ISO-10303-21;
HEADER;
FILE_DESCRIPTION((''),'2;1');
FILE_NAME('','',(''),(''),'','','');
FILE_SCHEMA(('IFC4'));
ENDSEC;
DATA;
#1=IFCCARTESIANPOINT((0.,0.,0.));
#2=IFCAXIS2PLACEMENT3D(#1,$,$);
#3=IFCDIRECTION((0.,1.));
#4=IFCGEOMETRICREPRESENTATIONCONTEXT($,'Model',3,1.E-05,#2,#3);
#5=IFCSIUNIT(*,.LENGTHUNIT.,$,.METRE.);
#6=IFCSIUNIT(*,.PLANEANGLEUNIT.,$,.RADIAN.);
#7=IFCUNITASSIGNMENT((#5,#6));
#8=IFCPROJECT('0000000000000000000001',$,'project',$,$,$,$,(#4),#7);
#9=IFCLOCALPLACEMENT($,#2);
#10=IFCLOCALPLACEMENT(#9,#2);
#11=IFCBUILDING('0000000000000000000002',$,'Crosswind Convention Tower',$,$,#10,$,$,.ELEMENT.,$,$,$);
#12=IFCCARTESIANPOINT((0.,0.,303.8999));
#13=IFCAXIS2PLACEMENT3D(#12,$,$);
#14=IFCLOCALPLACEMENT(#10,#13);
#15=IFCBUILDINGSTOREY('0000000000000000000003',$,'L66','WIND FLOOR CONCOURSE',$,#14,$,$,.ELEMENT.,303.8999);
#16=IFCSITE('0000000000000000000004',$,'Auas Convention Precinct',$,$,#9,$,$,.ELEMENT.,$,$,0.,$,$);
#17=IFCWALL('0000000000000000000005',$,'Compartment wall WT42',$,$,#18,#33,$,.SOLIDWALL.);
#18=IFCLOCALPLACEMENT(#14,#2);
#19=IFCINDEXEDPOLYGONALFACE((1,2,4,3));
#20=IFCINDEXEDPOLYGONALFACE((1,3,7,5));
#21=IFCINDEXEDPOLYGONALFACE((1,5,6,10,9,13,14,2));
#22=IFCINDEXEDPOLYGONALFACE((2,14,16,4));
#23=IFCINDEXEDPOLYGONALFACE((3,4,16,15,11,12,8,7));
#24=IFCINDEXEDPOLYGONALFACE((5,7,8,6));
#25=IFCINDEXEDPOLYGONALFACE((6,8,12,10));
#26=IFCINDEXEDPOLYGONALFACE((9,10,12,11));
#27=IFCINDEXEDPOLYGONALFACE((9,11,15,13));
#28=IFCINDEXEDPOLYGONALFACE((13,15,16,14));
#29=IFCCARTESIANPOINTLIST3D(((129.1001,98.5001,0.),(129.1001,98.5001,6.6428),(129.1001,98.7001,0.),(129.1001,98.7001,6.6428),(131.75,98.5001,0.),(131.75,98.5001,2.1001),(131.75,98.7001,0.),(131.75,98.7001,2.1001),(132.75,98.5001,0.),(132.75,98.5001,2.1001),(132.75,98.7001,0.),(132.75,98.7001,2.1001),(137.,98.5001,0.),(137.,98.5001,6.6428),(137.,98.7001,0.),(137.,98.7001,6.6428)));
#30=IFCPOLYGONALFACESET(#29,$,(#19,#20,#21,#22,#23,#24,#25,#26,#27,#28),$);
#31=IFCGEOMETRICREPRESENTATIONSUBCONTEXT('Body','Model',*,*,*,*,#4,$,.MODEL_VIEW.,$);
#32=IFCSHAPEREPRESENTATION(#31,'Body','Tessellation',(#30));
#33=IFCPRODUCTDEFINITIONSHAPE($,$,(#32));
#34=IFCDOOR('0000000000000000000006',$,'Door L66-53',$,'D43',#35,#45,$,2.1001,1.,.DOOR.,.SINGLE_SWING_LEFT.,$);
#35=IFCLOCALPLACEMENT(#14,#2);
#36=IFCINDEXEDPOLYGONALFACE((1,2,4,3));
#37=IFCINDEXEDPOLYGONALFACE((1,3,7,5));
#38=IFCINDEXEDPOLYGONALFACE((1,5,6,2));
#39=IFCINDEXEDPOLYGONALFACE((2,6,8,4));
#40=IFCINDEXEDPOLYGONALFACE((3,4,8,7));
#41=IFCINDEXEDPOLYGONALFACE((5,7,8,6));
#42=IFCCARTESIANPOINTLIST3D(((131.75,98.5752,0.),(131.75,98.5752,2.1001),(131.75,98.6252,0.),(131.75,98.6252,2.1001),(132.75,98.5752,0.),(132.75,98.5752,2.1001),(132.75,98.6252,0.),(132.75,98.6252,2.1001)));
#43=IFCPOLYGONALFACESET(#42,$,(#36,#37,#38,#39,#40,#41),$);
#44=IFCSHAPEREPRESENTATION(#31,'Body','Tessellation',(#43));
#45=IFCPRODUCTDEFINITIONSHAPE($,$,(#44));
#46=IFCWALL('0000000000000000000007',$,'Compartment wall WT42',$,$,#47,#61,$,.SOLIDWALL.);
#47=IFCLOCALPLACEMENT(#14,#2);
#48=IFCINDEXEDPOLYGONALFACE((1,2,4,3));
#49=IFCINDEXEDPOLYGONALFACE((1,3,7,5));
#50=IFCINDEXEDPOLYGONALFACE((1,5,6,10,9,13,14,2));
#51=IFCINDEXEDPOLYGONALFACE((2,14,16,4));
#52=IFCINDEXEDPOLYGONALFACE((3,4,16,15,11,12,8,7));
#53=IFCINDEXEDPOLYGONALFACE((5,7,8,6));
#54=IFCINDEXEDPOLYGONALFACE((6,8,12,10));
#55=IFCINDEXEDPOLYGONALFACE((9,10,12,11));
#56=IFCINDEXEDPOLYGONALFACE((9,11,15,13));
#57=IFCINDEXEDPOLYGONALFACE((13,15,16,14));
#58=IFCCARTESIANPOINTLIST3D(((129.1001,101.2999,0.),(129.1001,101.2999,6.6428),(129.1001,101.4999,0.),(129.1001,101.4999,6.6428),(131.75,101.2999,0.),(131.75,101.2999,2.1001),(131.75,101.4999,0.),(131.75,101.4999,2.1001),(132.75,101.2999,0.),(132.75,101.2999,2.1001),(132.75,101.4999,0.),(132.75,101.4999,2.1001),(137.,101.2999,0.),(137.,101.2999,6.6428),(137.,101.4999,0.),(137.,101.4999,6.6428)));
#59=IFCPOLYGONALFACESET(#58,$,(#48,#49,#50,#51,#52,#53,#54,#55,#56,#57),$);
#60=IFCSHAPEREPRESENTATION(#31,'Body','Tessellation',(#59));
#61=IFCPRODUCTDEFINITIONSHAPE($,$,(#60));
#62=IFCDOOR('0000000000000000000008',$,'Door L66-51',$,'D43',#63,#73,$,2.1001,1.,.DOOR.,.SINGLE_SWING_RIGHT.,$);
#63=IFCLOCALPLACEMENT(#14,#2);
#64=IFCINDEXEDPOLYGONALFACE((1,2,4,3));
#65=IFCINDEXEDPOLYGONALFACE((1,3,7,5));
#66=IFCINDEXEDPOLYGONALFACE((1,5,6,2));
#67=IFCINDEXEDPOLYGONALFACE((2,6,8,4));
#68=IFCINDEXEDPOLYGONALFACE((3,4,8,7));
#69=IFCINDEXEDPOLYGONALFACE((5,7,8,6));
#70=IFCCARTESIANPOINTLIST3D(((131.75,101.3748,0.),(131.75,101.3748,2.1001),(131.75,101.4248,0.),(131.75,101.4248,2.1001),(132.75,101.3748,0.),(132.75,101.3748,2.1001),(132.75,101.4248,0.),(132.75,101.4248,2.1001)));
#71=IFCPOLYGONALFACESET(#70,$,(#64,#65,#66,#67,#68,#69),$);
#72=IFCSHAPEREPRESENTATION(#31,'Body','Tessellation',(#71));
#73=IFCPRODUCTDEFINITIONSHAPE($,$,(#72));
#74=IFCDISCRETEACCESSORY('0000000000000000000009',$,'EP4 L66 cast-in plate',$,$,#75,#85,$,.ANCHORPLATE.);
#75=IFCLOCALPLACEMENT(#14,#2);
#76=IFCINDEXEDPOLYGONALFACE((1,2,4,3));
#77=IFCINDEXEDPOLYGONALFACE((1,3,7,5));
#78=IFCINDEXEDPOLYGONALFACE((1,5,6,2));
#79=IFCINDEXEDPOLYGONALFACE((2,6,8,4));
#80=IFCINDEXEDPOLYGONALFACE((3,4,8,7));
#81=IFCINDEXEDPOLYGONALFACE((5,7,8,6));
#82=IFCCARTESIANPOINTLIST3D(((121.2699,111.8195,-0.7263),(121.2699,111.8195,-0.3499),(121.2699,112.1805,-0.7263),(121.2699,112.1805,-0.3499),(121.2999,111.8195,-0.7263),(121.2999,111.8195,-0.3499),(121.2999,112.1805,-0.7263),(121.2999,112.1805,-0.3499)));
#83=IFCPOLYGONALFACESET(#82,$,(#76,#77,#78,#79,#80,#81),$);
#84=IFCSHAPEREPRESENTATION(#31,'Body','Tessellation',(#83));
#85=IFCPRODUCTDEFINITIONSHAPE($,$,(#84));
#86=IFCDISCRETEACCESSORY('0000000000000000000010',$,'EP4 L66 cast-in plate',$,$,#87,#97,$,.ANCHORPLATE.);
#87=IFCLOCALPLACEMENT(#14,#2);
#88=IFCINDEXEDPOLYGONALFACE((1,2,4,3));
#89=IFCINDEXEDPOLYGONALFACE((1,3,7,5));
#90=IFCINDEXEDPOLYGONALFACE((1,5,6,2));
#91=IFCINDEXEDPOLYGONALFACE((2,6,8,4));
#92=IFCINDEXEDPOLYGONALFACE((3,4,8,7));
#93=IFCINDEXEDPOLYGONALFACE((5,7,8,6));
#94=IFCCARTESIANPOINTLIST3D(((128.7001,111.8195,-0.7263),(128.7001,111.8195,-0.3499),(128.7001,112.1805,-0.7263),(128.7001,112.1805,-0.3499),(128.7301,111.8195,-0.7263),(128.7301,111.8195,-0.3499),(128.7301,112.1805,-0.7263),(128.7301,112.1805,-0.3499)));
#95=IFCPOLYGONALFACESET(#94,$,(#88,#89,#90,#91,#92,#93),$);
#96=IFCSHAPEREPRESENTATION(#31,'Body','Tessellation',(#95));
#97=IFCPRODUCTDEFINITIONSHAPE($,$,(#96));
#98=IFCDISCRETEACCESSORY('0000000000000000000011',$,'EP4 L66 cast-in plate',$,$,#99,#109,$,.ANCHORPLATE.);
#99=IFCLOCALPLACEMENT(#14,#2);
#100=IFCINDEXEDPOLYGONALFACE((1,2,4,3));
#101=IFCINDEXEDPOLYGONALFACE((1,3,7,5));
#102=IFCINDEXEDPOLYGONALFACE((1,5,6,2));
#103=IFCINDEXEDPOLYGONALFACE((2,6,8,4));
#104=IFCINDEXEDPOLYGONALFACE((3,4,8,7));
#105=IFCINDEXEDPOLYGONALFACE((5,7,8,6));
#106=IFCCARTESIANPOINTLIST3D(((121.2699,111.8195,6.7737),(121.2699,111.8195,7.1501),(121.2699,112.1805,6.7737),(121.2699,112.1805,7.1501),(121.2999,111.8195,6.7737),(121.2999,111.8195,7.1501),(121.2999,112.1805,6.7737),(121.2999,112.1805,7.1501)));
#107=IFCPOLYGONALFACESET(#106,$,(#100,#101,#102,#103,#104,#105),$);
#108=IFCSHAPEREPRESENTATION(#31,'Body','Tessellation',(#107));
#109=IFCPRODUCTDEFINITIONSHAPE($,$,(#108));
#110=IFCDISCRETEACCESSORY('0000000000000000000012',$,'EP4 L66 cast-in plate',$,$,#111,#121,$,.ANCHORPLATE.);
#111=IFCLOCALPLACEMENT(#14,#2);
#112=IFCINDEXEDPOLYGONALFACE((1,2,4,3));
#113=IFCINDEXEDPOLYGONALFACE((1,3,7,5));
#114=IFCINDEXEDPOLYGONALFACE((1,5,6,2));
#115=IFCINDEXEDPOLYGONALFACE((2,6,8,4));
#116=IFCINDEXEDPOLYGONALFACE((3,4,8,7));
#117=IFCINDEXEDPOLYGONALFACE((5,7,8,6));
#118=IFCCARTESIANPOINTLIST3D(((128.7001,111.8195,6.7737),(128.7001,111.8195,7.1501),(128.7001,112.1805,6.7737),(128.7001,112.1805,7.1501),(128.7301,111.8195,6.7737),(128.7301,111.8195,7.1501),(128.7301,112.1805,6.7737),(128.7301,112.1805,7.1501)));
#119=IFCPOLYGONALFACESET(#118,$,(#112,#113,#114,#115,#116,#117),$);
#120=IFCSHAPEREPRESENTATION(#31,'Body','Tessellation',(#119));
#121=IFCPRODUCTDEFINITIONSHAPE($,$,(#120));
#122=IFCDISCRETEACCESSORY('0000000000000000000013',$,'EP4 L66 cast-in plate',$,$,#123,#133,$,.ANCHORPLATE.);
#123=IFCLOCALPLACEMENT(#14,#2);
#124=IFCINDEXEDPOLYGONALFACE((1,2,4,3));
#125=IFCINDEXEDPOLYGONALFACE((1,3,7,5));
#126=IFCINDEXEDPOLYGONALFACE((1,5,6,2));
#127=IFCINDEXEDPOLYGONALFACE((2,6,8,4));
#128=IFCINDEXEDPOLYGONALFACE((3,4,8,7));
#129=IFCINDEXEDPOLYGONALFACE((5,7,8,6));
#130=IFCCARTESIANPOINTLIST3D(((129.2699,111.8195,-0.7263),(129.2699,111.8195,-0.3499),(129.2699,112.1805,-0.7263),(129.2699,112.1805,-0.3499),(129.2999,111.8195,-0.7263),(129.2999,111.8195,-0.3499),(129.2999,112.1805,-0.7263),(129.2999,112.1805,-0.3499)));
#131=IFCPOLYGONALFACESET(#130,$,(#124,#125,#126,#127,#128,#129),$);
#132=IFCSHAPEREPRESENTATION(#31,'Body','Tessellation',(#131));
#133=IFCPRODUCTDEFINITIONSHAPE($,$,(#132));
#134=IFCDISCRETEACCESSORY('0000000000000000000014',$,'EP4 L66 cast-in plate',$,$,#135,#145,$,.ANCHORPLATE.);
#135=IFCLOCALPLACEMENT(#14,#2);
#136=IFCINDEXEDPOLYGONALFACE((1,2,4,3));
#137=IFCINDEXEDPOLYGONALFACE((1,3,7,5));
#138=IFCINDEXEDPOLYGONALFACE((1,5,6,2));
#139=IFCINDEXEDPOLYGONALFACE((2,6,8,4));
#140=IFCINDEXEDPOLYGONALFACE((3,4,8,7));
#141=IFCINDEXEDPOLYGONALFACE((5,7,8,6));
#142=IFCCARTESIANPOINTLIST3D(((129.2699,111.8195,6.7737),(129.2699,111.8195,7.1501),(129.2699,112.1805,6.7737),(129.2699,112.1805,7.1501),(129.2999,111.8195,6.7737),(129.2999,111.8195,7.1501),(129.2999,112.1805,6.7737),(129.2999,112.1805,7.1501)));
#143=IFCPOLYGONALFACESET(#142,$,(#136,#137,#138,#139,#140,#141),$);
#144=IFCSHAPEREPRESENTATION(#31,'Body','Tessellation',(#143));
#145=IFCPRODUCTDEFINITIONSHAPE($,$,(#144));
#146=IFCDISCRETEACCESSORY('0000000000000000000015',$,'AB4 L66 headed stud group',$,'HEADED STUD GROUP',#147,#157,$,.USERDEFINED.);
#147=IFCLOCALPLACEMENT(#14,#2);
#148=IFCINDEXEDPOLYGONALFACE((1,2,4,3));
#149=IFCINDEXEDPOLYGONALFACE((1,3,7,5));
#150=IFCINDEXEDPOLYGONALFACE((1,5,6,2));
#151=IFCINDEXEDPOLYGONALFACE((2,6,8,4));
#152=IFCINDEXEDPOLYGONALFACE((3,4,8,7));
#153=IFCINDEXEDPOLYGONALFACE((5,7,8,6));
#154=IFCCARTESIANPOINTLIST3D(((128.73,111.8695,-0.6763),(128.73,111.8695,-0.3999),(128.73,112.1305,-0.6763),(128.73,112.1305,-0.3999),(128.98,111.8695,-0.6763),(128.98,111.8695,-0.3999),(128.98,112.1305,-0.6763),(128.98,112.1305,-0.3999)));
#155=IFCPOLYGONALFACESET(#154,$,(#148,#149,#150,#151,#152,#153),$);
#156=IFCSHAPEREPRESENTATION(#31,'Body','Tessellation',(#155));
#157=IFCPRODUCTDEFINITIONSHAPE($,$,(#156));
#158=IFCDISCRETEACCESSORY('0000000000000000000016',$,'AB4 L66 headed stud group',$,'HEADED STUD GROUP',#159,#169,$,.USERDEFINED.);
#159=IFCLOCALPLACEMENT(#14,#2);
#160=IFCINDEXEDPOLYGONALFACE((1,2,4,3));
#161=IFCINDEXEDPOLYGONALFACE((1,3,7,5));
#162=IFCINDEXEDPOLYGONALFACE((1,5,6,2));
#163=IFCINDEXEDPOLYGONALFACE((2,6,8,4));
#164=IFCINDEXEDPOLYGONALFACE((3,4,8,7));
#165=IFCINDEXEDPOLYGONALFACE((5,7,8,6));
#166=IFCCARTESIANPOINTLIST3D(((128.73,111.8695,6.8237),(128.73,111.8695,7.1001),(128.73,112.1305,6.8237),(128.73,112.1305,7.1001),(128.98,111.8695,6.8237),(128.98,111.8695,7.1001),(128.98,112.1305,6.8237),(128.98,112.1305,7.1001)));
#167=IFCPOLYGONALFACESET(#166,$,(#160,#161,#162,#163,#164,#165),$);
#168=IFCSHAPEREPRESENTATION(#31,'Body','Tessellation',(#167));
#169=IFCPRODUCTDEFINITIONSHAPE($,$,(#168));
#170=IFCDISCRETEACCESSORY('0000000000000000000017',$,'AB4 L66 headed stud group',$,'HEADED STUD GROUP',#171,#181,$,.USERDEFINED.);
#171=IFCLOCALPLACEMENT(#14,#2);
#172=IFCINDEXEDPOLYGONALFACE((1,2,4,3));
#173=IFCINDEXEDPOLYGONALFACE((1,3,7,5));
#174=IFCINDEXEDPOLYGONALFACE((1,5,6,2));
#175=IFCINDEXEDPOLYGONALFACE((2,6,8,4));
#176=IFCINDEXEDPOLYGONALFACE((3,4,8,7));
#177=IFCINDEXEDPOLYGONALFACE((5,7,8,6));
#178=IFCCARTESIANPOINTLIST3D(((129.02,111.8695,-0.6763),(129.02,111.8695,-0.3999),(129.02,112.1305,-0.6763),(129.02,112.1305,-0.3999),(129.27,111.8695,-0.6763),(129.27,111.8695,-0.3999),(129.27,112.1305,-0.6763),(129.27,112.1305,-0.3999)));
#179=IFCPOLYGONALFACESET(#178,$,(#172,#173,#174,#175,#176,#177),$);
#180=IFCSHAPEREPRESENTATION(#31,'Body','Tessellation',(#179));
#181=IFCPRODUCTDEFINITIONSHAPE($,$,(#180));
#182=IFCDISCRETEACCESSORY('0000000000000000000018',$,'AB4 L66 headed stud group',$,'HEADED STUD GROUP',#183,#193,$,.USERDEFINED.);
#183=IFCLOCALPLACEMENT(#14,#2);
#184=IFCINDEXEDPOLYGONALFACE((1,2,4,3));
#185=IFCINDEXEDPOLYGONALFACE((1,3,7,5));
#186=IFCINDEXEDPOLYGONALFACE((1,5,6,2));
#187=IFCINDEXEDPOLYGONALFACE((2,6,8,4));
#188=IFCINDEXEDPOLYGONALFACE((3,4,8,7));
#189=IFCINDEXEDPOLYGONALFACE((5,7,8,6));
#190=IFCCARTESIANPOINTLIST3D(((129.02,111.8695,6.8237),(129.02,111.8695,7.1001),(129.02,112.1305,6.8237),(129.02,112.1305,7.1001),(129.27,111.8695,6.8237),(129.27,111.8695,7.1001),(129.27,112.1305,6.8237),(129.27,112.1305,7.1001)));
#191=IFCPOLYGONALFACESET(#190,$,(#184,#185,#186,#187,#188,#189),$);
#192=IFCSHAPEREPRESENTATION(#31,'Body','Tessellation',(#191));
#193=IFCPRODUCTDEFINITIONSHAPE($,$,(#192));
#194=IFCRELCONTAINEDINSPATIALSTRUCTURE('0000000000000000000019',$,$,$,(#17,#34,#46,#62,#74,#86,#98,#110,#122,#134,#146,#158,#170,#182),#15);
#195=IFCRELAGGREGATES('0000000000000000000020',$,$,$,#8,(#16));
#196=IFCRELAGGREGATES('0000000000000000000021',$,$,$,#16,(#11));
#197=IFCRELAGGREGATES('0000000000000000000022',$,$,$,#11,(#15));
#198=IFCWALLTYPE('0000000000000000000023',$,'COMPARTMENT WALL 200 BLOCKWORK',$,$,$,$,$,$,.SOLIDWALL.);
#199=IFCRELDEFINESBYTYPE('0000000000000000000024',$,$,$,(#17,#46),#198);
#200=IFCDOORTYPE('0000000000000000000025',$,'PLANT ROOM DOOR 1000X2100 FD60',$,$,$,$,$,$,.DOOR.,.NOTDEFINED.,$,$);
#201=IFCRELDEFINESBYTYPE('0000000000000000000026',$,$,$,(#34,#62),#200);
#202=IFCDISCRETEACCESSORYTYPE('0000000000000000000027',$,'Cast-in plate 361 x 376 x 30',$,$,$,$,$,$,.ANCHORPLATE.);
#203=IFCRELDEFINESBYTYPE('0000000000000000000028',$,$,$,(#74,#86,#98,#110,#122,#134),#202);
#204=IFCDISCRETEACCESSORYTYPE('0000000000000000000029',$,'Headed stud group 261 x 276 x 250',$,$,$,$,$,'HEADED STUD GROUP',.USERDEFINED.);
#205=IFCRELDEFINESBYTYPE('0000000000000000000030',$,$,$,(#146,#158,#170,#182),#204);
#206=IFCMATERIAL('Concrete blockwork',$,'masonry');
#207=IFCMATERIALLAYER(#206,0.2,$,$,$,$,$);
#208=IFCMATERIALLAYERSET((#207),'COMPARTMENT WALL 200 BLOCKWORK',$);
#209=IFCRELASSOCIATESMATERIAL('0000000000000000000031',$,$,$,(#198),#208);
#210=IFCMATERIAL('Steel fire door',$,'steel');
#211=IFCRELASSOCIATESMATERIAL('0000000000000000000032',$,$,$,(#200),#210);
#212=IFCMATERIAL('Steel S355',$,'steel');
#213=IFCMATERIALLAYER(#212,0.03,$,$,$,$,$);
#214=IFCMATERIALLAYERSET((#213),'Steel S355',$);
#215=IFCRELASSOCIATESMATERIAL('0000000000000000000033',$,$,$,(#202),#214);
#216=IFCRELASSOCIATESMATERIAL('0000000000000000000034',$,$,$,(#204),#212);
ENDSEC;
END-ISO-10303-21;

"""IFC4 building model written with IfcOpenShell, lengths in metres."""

from ifc_helpers import new_model, si_unit, direction, frame, frame_2d, origin, origin_2d, place, context, subcontext, project, spatial, rectangle, extrude, material, layer, layer_set, type_object, element, fill, save


model = new_model("IFC4")

# Units and contexts
model_context = context("Model", 3, precision=1e-05, world=origin(), true_north=direction((0.0, 1.0)))
body_context = subcontext(model_context, "Body", "Model", "MODEL_VIEW")
ifc_project = project(units=[si_unit("LENGTHUNIT", "METRE"), si_unit("PLANEANGLEUNIT", "RADIAN")], contexts=[model_context])

# Site, building, storey
site_placement = place(None, origin())
site = spatial("IfcSite", under=ifc_project, at=site_placement, Name="Auas Convention Precinct", CompositionType="ELEMENT", RefElevation=0.0)
building_placement = place(site_placement, origin())
building = spatial("IfcBuilding", under=site, at=building_placement, Name="Crosswind Convention Tower", CompositionType="ELEMENT")
storey_placement = place(building_placement, frame((0.0, 0.0, 303.8999)))
storey = spatial("IfcBuildingStorey", under=building, at=storey_placement, Name="L66", Description="WIND FLOOR CONCOURSE", CompositionType="ELEMENT", Elevation=303.8999)

# Shared definitions
ifc_material_1 = material(Name="Steel S355", Category="steel")

# Shared definitions
ifc_material_2 = material(Name="Concrete blockwork", Category="masonry")
ifc_layer_1 = layer(ifc_material_2, 0.2)
ifc_layer_set_1 = layer_set([ifc_layer_1], Name="COMPARTMENT WALL 200 BLOCKWORK")
wall_type = type_object("IfcWallType", Name="COMPARTMENT WALL 200 BLOCKWORK", PredefinedType="SOLIDWALL", material=ifc_layer_set_1)

# Walls, openings, doors
wall_1_placement = place(storey_placement, frame((129.1001, 98.6001, 0.0), z_axis=(0.0, 0.0, 1.0), x_axis=(1.0, 0.0, 0.0)))
wall_1 = element("IfcWall", 1, at=wall_1_placement, inside=storey, type_object=wall_type, Name="Compartment wall WT42", PredefinedType="SOLIDWALL", context=body_context, shape_type="SweptSolid", body=[
    extrude(rectangle(XDim=7.8999, YDim=0.2, at=frame_2d((3.95, 0.0))), origin(), (0.0, 0.0, 1.0), 6.6428),
])
opening_1_placement = place(wall_1_placement, frame((2.6499, 0.0, 0.0)))
opening_1 = element("IfcOpeningElement", 2, at=opening_1_placement, cuts=wall_1, PredefinedType="OPENING", context=body_context, shape_type="SweptSolid", body=[
    extrude(rectangle(XDim=1.0, YDim=2.1001, at=frame_2d((0.5, 1.05))), frame((0.0, 0.1099, 0.0), z_axis=(0.0, -1.0, 0.0), x_axis=(1.0, 0.0, 0.0)), (0.0, 0.0, 1.0), 0.22),
])
ifc_material_3 = material(Name="Steel fire door", Category="steel")
door_type = type_object("IfcDoorType", Name="PLANT ROOM DOOR 1000X2100 FD60", OperationType="NOTDEFINED", PredefinedType="DOOR", material=ifc_material_3)
door_1_placement = place(opening_1_placement, frame((1.0, 0.0, 0.0), z_axis=(0.0, 0.0, 1.0), x_axis=(-1.0, 0.0, 0.0)))
door_1 = element("IfcDoor", 3, at=door_1_placement, inside=storey, type_object=door_type, Name="Door L66-53", ObjectType="D43", OperationType="SINGLE_SWING_LEFT", OverallHeight=2.1001, OverallWidth=1.0, PredefinedType="DOOR", context=body_context, shape_type="SweptSolid", body=[
    extrude(rectangle(XDim=1.0, YDim=2.1001, at=frame_2d((0.5, 1.05))), frame((0.0, 0.0249, 0.0), z_axis=(0.0, -1.0, 0.0), x_axis=(1.0, 0.0, 0.0)), (0.0, 0.0, 1.0), 0.05),
])
fill(opening_1, door_1)
wall_2_placement = place(storey_placement, frame((129.1001, 101.3999, 0.0), z_axis=(0.0, 0.0, 1.0), x_axis=(1.0, 0.0, 0.0)))
wall_2 = element("IfcWall", 4, at=wall_2_placement, inside=storey, type_object=wall_type, Name="Compartment wall WT42", PredefinedType="SOLIDWALL", context=body_context, shape_type="SweptSolid", body=[
    extrude(rectangle(XDim=7.8999, YDim=0.2, at=frame_2d((3.95, 0.0))), origin(), (0.0, 0.0, 1.0), 6.6428),
])
opening_2_placement = place(wall_2_placement, frame((2.6499, 0.0, 0.0)))
opening_2 = element("IfcOpeningElement", 5, at=opening_2_placement, cuts=wall_2, PredefinedType="OPENING", context=body_context, shape_type="SweptSolid", body=[
    extrude(rectangle(XDim=1.0, YDim=2.1001, at=frame_2d((0.5, 1.05))), frame((0.0, 0.1099, 0.0), z_axis=(0.0, -1.0, 0.0), x_axis=(1.0, 0.0, 0.0)), (0.0, 0.0, 1.0), 0.22),
])
door_2_placement = place(opening_2_placement, origin())
door_2 = element("IfcDoor", 6, at=door_2_placement, inside=storey, type_object=door_type, Name="Door L66-51", ObjectType="D43", OperationType="SINGLE_SWING_RIGHT", OverallHeight=2.1001, OverallWidth=1.0, PredefinedType="DOOR", context=body_context, shape_type="SweptSolid", body=[
    extrude(rectangle(XDim=1.0, YDim=2.1001, at=frame_2d((0.5, 1.05))), frame((0.0, 0.0249, 0.0), z_axis=(0.0, -1.0, 0.0), x_axis=(1.0, 0.0, 0.0)), (0.0, 0.0, 1.0), 0.05),
])
fill(opening_2, door_2)

# Discrete accessories
ifc_layer_2 = layer(ifc_material_1, 0.03)
ifc_layer_set_2 = layer_set([ifc_layer_2], Name="Steel S355")
discrete_accessory_type_1 = type_object("IfcDiscreteAccessoryType", Name="Cast-in plate 361 x 376 x 30", PredefinedType="ANCHORPLATE", material=ifc_layer_set_2)
for number, where, z_axis, x_axis, name in (
    (7, (121.2849, 112.0, -0.7263), (0.0, 0.0, 1.0), (1.0, 0.0, 0.0), "EP4 L66 cast-in plate"),
    (8, (128.7151, 112.0, -0.7263), (0.0, 0.0, 1.0), (1.0, 0.0, 0.0), "EP4 L66 cast-in plate"),
    (9, (121.2849, 112.0, 6.7737), (0.0, 0.0, 1.0), (1.0, 0.0, 0.0), "EP4 L66 cast-in plate"),
    (10, (128.7151, 112.0, 6.7737), (0.0, 0.0, 1.0), (1.0, 0.0, 0.0), "EP4 L66 cast-in plate"),
    (11, (129.2849, 112.0, -0.7263), (0.0, 0.0, 1.0), (1.0, 0.0, 0.0), "EP4 L66 cast-in plate"),
    (12, (129.2849, 112.0, 6.7737), (0.0, 0.0, 1.0), (1.0, 0.0, 0.0), "EP4 L66 cast-in plate"),
):
    element("IfcDiscreteAccessory", number, at=place(storey_placement, frame(where, z_axis=z_axis, x_axis=x_axis)), inside=storey, type_object=discrete_accessory_type_1, Name=name, PredefinedType="ANCHORPLATE", context=body_context, shape_type="SweptSolid", body=[
        extrude(rectangle(XDim=0.03, YDim=0.3611, at=origin_2d()), origin(), (0.0, 0.0, 1.0), 0.3765),
    ])
discrete_accessory_type_2 = type_object("IfcDiscreteAccessoryType", Name="Headed stud group 261 x 276 x 250", ElementType="HEADED STUD GROUP", PredefinedType="USERDEFINED", material=ifc_material_1)
for number, where, z_axis, x_axis, name in (
    (13, (128.855, 112.0, -0.6763), (0.0, 0.0, 1.0), (1.0, 0.0, 0.0), "AB4 L66 headed stud group"),
    (14, (128.855, 112.0, 6.8237), (0.0, 0.0, 1.0), (1.0, 0.0, 0.0), "AB4 L66 headed stud group"),
    (15, (129.145, 112.0, -0.6763), (0.0, 0.0, 1.0), (1.0, 0.0, 0.0), "AB4 L66 headed stud group"),
    (16, (129.145, 112.0, 6.8237), (0.0, 0.0, 1.0), (1.0, 0.0, 0.0), "AB4 L66 headed stud group"),
):
    element("IfcDiscreteAccessory", number, at=place(storey_placement, frame(where, z_axis=z_axis, x_axis=x_axis)), inside=storey, type_object=discrete_accessory_type_2, Name=name, ObjectType="HEADED STUD GROUP", PredefinedType="USERDEFINED", context=body_context, shape_type="SweptSolid", body=[
        extrude(rectangle(XDim=0.25, YDim=0.261, at=origin_2d()), origin(), (0.0, 0.0, 1.0), 0.2764),
    ])

save(model, "model.ifc")
